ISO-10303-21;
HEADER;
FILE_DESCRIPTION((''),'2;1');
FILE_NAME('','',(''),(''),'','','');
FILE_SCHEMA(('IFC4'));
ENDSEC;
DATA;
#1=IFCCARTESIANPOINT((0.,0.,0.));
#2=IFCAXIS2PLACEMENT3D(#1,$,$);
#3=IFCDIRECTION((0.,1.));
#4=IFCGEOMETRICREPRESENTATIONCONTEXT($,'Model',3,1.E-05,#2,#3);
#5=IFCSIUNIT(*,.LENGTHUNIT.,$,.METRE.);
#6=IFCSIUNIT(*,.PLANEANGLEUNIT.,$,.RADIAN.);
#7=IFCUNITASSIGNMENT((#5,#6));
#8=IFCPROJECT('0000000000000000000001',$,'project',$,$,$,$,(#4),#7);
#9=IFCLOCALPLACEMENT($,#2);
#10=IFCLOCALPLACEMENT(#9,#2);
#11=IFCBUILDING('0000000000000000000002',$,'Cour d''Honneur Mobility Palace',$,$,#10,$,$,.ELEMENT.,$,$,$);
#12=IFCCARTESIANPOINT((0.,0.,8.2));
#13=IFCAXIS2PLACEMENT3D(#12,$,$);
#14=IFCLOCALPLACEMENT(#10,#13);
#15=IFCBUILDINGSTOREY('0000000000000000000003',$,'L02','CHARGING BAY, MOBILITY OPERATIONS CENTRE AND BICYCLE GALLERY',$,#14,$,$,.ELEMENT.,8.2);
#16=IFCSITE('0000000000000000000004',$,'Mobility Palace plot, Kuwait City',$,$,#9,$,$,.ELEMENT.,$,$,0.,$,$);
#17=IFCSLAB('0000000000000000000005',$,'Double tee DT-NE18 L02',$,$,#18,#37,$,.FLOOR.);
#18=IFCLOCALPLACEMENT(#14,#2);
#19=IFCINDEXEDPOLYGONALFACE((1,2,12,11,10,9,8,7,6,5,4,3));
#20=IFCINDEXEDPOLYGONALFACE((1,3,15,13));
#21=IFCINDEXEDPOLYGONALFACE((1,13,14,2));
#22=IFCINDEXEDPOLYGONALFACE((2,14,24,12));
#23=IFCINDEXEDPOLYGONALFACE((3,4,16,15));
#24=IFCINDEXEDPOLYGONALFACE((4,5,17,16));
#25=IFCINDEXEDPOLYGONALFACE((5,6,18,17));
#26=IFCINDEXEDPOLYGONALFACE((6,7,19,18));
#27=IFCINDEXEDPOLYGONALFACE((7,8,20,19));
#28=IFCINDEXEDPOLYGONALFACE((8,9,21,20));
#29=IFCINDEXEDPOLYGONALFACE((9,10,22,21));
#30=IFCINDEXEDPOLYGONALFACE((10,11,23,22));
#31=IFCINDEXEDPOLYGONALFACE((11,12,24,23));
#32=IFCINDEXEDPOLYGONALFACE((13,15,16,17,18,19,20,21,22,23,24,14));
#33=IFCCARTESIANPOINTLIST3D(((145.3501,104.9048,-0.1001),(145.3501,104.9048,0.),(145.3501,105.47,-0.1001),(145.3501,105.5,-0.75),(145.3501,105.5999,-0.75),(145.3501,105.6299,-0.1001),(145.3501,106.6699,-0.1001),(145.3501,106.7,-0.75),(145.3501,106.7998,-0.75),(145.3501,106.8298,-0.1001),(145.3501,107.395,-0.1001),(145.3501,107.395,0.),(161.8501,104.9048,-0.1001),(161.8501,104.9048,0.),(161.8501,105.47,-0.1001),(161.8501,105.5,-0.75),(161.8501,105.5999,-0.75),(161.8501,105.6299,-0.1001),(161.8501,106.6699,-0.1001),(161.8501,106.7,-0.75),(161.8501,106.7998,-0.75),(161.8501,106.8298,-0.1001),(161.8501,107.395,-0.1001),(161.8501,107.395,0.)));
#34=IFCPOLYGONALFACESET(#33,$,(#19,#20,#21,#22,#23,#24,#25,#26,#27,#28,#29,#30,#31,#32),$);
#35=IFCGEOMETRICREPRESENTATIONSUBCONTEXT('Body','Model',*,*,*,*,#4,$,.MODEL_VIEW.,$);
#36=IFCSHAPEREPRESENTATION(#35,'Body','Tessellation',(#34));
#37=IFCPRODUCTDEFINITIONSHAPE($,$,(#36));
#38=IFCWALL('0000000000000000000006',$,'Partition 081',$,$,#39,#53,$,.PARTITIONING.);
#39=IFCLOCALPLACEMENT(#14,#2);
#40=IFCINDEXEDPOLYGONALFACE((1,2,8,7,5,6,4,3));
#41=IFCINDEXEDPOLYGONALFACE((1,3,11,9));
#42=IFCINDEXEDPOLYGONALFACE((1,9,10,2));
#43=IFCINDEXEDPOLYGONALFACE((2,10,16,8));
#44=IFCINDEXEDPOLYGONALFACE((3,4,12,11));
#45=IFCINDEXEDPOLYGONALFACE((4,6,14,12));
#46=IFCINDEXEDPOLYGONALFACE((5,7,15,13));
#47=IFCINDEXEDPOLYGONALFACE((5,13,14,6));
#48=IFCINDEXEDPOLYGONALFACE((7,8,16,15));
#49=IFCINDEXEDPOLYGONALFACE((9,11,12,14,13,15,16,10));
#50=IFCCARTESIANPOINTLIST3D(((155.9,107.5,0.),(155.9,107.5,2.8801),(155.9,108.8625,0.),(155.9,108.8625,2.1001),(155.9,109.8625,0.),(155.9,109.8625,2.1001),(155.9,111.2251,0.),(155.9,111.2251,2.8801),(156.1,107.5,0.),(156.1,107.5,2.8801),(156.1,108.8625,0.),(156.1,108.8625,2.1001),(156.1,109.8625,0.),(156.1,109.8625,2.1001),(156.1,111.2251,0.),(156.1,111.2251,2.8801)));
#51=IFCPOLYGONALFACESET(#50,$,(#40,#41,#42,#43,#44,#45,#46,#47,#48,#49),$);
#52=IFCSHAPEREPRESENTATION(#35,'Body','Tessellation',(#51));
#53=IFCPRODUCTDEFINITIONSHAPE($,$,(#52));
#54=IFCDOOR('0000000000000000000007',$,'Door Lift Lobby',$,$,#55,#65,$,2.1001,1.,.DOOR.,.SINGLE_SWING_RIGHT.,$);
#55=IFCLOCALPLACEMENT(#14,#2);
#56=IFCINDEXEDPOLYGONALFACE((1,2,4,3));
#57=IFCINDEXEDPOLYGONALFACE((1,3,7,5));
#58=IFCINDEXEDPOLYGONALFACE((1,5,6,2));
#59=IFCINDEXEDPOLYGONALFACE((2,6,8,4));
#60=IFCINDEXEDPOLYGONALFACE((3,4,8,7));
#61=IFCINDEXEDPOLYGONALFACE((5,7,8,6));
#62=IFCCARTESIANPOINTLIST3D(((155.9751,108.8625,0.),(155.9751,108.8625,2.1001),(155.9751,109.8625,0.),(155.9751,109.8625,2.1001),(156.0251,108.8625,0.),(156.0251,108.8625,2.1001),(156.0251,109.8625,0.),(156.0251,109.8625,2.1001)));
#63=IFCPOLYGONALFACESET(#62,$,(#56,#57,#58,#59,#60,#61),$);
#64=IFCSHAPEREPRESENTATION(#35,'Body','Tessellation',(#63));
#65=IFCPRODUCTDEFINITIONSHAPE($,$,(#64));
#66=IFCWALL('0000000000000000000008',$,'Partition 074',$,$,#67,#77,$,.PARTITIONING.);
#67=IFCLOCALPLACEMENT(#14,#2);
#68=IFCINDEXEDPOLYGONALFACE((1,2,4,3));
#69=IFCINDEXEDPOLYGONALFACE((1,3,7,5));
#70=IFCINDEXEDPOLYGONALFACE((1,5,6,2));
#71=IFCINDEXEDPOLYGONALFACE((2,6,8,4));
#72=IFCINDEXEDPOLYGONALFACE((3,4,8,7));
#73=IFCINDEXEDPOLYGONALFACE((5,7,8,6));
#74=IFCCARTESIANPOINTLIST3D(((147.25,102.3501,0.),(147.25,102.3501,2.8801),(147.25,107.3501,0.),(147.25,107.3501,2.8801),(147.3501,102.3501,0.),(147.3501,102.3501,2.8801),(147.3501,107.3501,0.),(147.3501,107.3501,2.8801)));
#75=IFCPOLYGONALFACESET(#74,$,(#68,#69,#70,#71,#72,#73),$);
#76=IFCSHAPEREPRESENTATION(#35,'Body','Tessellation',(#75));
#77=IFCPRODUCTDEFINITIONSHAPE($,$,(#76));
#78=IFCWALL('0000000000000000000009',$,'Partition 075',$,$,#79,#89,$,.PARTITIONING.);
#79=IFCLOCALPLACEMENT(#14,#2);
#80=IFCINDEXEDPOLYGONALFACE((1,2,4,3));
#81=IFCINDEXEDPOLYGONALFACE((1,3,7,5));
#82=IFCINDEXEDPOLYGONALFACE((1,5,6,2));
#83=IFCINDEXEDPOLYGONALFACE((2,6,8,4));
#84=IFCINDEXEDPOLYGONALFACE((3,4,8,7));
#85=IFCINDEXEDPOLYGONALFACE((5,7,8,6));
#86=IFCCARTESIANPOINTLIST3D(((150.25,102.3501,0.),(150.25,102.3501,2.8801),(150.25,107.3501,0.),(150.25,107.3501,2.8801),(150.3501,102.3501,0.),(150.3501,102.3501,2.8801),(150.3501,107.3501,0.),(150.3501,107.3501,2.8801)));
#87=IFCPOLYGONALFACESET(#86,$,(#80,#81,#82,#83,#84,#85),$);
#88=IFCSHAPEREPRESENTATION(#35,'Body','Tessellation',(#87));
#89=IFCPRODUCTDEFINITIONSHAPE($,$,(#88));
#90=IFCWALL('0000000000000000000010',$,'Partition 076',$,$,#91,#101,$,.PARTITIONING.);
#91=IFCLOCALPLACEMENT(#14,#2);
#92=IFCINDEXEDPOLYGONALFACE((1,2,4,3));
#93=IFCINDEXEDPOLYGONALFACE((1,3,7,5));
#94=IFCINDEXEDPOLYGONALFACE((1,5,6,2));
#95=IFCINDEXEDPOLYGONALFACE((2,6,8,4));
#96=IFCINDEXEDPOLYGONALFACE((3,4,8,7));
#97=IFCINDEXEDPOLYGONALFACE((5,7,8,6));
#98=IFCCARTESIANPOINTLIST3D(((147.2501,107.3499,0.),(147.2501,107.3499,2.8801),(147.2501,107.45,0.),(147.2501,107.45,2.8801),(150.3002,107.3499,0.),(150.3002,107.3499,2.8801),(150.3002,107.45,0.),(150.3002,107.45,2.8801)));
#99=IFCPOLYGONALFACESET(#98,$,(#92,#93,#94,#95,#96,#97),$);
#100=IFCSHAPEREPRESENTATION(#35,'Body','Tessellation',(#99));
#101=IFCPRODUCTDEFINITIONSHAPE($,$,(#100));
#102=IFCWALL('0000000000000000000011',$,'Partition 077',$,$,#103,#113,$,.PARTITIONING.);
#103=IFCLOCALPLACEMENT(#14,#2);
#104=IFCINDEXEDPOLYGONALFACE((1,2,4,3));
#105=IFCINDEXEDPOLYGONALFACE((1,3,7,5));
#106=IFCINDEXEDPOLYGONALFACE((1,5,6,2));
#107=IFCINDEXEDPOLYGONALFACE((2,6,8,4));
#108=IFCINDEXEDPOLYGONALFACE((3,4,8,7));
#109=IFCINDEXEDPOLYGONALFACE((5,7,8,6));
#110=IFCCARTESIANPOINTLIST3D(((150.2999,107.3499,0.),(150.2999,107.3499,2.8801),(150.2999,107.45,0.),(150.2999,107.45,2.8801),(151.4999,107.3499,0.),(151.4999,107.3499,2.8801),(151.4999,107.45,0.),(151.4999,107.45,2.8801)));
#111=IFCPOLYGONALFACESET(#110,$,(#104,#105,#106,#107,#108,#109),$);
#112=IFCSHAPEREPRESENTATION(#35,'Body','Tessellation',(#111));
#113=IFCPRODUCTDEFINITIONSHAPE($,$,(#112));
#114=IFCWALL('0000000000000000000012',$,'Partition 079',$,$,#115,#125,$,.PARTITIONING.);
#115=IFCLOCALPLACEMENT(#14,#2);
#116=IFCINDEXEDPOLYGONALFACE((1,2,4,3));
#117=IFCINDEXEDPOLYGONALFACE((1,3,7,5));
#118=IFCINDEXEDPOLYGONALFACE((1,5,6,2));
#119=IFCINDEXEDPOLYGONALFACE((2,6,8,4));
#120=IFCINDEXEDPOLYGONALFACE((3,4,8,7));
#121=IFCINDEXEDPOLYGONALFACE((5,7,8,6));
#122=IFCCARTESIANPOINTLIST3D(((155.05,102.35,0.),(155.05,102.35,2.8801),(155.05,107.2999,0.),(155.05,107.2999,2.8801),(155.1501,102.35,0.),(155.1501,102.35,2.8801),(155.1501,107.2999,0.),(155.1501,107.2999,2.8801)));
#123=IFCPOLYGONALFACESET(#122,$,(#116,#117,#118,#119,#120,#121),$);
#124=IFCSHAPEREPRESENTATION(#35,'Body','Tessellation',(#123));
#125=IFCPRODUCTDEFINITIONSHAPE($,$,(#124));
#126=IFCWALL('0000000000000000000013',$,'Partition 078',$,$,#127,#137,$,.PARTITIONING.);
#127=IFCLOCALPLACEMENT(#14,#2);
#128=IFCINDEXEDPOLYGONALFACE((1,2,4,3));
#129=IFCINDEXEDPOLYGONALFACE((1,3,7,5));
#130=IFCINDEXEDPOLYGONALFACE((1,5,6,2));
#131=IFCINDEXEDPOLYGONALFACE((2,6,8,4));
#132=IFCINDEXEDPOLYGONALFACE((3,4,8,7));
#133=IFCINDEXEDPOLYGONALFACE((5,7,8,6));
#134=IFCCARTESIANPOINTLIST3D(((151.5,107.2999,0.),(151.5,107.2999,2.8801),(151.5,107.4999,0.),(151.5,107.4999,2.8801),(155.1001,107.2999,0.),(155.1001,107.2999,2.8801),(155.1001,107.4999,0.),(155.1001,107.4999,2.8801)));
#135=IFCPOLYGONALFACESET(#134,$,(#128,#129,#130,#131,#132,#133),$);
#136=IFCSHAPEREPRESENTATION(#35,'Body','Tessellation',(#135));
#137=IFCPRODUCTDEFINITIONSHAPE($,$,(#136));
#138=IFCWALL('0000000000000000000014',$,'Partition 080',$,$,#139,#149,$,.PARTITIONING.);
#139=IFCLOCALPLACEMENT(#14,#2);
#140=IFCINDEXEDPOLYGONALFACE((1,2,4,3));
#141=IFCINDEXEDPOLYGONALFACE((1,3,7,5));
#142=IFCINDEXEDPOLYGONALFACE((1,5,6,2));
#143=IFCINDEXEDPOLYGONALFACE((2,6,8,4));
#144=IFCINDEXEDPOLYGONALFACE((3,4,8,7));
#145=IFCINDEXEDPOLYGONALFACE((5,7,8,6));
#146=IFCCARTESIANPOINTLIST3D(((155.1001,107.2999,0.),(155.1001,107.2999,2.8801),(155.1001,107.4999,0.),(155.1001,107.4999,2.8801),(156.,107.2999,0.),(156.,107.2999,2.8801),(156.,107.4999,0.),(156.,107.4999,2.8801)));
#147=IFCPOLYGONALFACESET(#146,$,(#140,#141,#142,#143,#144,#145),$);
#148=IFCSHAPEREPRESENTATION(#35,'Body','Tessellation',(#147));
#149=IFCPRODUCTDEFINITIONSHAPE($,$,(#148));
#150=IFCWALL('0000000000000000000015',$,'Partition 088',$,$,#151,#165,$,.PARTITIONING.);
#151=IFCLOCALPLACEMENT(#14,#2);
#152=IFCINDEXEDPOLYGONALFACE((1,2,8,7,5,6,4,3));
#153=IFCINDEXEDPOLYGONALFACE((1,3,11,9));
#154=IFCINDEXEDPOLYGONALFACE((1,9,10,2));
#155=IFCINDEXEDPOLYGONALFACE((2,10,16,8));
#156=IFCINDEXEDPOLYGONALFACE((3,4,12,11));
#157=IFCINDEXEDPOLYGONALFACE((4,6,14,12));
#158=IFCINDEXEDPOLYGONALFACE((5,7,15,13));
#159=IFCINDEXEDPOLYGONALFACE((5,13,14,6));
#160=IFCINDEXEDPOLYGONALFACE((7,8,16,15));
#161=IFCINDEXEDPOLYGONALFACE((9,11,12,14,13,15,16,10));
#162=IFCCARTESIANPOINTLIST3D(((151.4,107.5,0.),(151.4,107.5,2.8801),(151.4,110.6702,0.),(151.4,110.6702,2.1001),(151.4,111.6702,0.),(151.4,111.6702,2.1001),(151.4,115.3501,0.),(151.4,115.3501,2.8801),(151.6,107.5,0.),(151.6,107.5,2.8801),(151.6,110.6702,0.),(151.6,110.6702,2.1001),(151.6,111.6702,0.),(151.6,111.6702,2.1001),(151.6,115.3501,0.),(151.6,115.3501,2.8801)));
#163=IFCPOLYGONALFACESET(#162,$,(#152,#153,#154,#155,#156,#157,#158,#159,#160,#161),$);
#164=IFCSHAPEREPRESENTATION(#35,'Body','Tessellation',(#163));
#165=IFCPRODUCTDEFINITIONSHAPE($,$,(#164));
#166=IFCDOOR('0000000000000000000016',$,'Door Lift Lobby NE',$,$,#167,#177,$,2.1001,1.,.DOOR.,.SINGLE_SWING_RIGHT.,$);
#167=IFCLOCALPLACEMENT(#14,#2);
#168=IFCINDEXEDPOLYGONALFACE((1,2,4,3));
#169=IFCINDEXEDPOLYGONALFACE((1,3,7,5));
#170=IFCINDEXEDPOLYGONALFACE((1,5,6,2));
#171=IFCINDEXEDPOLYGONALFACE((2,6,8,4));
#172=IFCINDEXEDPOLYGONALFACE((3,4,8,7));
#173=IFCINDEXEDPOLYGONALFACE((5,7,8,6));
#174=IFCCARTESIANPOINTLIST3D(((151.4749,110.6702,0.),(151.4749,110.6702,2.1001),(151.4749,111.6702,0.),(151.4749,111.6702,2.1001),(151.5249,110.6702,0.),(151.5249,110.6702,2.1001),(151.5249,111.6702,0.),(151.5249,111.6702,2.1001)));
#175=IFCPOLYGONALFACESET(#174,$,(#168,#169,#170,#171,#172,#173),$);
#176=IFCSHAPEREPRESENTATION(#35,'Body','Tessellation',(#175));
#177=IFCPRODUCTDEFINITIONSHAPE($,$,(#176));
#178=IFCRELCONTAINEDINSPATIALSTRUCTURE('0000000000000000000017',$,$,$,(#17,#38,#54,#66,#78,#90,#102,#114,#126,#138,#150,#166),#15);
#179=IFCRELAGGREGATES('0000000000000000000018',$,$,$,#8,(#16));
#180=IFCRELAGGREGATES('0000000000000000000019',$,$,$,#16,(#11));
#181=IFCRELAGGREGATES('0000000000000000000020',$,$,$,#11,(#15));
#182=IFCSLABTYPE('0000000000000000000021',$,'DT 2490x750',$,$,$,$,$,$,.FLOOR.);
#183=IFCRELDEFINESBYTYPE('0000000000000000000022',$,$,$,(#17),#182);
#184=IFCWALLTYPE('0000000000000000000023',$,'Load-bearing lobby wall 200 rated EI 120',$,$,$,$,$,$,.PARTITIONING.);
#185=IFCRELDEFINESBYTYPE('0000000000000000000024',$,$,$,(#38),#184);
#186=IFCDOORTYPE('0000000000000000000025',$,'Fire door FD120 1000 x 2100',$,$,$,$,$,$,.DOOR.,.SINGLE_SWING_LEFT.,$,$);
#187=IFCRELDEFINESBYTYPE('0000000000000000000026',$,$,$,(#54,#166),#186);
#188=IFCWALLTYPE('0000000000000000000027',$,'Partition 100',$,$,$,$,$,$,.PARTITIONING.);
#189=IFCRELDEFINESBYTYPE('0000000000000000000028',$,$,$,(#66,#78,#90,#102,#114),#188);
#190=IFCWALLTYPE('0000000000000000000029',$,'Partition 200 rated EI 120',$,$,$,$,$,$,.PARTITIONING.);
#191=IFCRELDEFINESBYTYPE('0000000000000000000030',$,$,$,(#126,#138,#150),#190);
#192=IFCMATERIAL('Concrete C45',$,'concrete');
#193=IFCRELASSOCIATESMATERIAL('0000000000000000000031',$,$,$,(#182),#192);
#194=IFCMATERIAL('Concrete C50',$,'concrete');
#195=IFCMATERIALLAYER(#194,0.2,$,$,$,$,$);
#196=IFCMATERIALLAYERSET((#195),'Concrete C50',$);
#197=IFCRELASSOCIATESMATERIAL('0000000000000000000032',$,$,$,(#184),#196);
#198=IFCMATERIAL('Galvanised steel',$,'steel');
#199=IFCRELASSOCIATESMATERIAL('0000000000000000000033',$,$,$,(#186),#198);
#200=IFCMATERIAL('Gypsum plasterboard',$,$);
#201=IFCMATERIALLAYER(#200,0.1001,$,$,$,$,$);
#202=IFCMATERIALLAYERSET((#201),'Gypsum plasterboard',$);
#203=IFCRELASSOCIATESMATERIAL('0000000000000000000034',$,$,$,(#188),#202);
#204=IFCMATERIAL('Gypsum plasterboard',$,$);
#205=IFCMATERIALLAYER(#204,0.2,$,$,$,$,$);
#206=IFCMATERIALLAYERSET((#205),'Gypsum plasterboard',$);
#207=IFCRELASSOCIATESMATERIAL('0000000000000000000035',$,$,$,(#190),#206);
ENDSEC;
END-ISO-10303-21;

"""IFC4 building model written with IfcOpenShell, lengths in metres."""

from ifc_helpers import new_model, si_unit, direction, frame, frame_2d, origin, place, context, subcontext, project, spatial, polyline, rectangle, outline, extrude, material, layer, layer_set, material_profile, profile_set, type_object, element, fill, save


model = new_model("IFC4")

# Units and contexts
model_context = context("Model", 3, precision=1e-05, world=origin(), true_north=direction((0.0, 1.0)))
body_context = subcontext(model_context, "Body", "Model", "MODEL_VIEW")
ifc_project = project(units=[si_unit("LENGTHUNIT", "METRE"), si_unit("PLANEANGLEUNIT", "RADIAN")], contexts=[model_context])

# Site, building, storey
site_placement = place(None, origin())
site = spatial("IfcSite", under=ifc_project, at=site_placement, Name="Mobility Palace plot, Kuwait City", CompositionType="ELEMENT", RefElevation=0.0)
building_placement = place(site_placement, origin())
building = spatial("IfcBuilding", under=site, at=building_placement, Name="Cour d'Honneur Mobility Palace", CompositionType="ELEMENT")
storey_placement = place(building_placement, frame((0.0, 0.0, 8.2)))
storey = spatial("IfcBuildingStorey", under=building, at=storey_placement, Name="L02", Description="CHARGING BAY, MOBILITY OPERATIONS CENTRE AND BICYCLE GALLERY", CompositionType="ELEMENT", Elevation=8.2)

# Slab
ifc_material_1 = material(Name="Concrete C45", Category="concrete")
ifc_material_profile_1 = material_profile(ifc_material_1, outline(polyline([(-1.2451, 0.0), (1.2451, 0.0), (1.2451, -0.1001), (0.6799, -0.1001), (0.6499, -0.75), (0.55, -0.75), (0.52, -0.1001), (-0.52, -0.1001), (-0.55, -0.75), (-0.6499, -0.75), (-0.6799, -0.1001), (-1.2451, -0.1001), (-1.2451, 0.0)])), Name="DT 2490x750")
ifc_profile_set_1 = profile_set([ifc_material_profile_1], Name="Concrete C45")
slab_type_1 = type_object("IfcSlabType", Name="DT 2490x750", PredefinedType="FLOOR", material=ifc_profile_set_1)
slab_1_placement = place(storey_placement, frame((145.3501, 106.1499, 0.0), z_axis=(1.0, 0.0, 0.0), x_axis=(0.0, 1.0, 0.0)))
element("IfcSlab", 1, at=slab_1_placement, inside=storey, type_object=slab_type_1, Name="Double tee DT-NE18 L02", PredefinedType="FLOOR", context=body_context, shape_type="SweptSolid", body=[
    extrude(outline(polyline([(-1.2451, 0.0), (1.2451, 0.0), (1.2451, -0.1001), (0.6799, -0.1001), (0.6499, -0.75), (0.55, -0.75), (0.52, -0.1001), (-0.52, -0.1001), (-0.55, -0.75), (-0.6499, -0.75), (-0.6799, -0.1001), (-1.2451, -0.1001), (-1.2451, 0.0)])), origin(), (0.0, 0.0, 1.0), 16.5),
])

# Wall, opening, door
ifc_material_2 = material(Name="Concrete C50", Category="concrete")
ifc_layer_1 = layer(ifc_material_2, 0.2)
ifc_layer_set_1 = layer_set([ifc_layer_1], Name="Concrete C50")
wall_type_1 = type_object("IfcWallType", Name="Load-bearing lobby wall 200 rated EI 120", PredefinedType="PARTITIONING", material=ifc_layer_set_1)
wall_1_placement = place(storey_placement, frame((156.0, 107.5, 0.0), z_axis=(0.0, 0.0, 1.0), x_axis=(0.0, 1.0, 0.0)))
wall_1 = element("IfcWall", 2, at=wall_1_placement, inside=storey, type_object=wall_type_1, Name="Partition 081", PredefinedType="PARTITIONING", context=body_context, shape_type="SweptSolid", body=[
    extrude(rectangle(XDim=3.7251, YDim=0.2, at=frame_2d((1.8625, 0.0))), origin(), (0.0, 0.0, 1.0), 2.8801),
])
opening_1_placement = place(wall_1_placement, frame((1.3625, 0.0, 0.0)))
opening_1 = element("IfcOpeningElement", 3, at=opening_1_placement, cuts=wall_1, PredefinedType="OPENING", context=body_context, shape_type="SweptSolid", body=[
    extrude(rectangle(XDim=1.0, YDim=2.1001, at=frame_2d((0.5, 1.05))), frame((0.0, 0.1099, 0.0), z_axis=(0.0, -1.0, 0.0), x_axis=(1.0, 0.0, 0.0)), (0.0, 0.0, 1.0), 0.22),
])
ifc_material_3 = material(Name="Galvanised steel", Category="steel")
door_type_1 = type_object("IfcDoorType", Name="Fire door FD120 1000 x 2100", OperationType="SINGLE_SWING_LEFT", PredefinedType="DOOR", material=ifc_material_3)
door_1_placement = place(opening_1_placement, origin())
door_1 = element("IfcDoor", 4, at=door_1_placement, inside=storey, type_object=door_type_1, Name="Door Lift Lobby", OperationType="SINGLE_SWING_RIGHT", OverallHeight=2.1001, OverallWidth=1.0, PredefinedType="DOOR", context=body_context, shape_type="SweptSolid", body=[
    extrude(rectangle(XDim=1.0, YDim=2.1001, at=frame_2d((0.5, 1.05))), frame((0.0, 0.0249, 0.0), z_axis=(0.0, -1.0, 0.0), x_axis=(1.0, 0.0, 0.0)), (0.0, 0.0, 1.0), 0.05),
])
fill(opening_1, door_1)

# Walls
ifc_material_4 = material(Name="Gypsum plasterboard")
ifc_layer_2 = layer(ifc_material_4, 0.1001)
ifc_layer_set_2 = layer_set([ifc_layer_2], Name="Gypsum plasterboard")
wall_type_2 = type_object("IfcWallType", Name="Partition 100", PredefinedType="PARTITIONING", material=ifc_layer_set_2)
for number, where, z_axis, x_axis, name in (
    (5, (147.3, 107.3501, 0.0), (0.0, 0.0, 1.0), (0.0, -1.0, 0.0), "Partition 074"),
    (6, (150.3, 107.3501, 0.0), (0.0, 0.0, 1.0), (0.0, -1.0, 0.0), "Partition 075"),
):
    element("IfcWall", number, at=place(storey_placement, frame(where, z_axis=z_axis, x_axis=x_axis)), inside=storey, type_object=wall_type_2, Name=name, PredefinedType="PARTITIONING", context=body_context, shape_type="SweptSolid", body=[
        extrude(rectangle(XDim=5.0, YDim=0.1001, at=frame_2d((2.5, 0.0))), origin(), (0.0, 0.0, 1.0), 2.8801),
    ])
wall_2_placement = place(storey_placement, frame((150.3, 107.3999, 0.0), z_axis=(0.0, 0.0, 1.0), x_axis=(-1.0, 0.0, 0.0)))
element("IfcWall", 7, at=wall_2_placement, inside=storey, type_object=wall_type_2, Name="Partition 076", PredefinedType="PARTITIONING", context=body_context, shape_type="SweptSolid", body=[
    extrude(rectangle(XDim=3.05, YDim=0.1001, at=frame_2d((1.5249, 0.0))), origin(), (0.0, 0.0, 1.0), 2.8801),
])
wall_3_placement = place(storey_placement, frame((151.5, 107.3999, 0.0), z_axis=(0.0, 0.0, 1.0), x_axis=(-1.0, 0.0, 0.0)))
element("IfcWall", 8, at=wall_3_placement, inside=storey, type_object=wall_type_2, Name="Partition 077", PredefinedType="PARTITIONING", context=body_context, shape_type="SweptSolid", body=[
    extrude(rectangle(XDim=1.2, YDim=0.1001, at=frame_2d((0.6001, 0.0))), origin(), (0.0, 0.0, 1.0), 2.8801),
])
wall_4_placement = place(storey_placement, frame((155.1001, 107.3, 0.0), z_axis=(0.0, 0.0, 1.0), x_axis=(0.0, -1.0, 0.0)))
element("IfcWall", 9, at=wall_4_placement, inside=storey, type_object=wall_type_2, Name="Partition 079", PredefinedType="PARTITIONING", context=body_context, shape_type="SweptSolid", body=[
    extrude(rectangle(XDim=4.95, YDim=0.1001, at=frame_2d((2.4751, 0.0))), origin(), (0.0, 0.0, 1.0), 2.8801),
])
ifc_material_5 = material(Name="Gypsum plasterboard")
ifc_layer_3 = layer(ifc_material_5, 0.2)
ifc_layer_set_3 = layer_set([ifc_layer_3], Name="Gypsum plasterboard")
wall_type_3 = type_object("IfcWallType", Name="Partition 200 rated EI 120", PredefinedType="PARTITIONING", material=ifc_layer_set_3)
wall_5_placement = place(storey_placement, frame((151.5, 107.3999, 0.0), z_axis=(0.0, 0.0, 1.0), x_axis=(1.0, 0.0, 0.0)))
element("IfcWall", 10, at=wall_5_placement, inside=storey, type_object=wall_type_3, Name="Partition 078", PredefinedType="PARTITIONING", context=body_context, shape_type="SweptSolid", body=[
    extrude(rectangle(XDim=3.6001, YDim=0.2, at=frame_2d((1.8, 0.0))), origin(), (0.0, 0.0, 1.0), 2.8801),
])
wall_6_placement = place(storey_placement, frame((155.1001, 107.3999, 0.0), z_axis=(0.0, 0.0, 1.0), x_axis=(1.0, 0.0, 0.0)))
element("IfcWall", 11, at=wall_6_placement, inside=storey, type_object=wall_type_3, Name="Partition 080", PredefinedType="PARTITIONING", context=body_context, shape_type="SweptSolid", body=[
    extrude(rectangle(XDim=0.8999, YDim=0.2, at=frame_2d((0.45, 0.0))), origin(), (0.0, 0.0, 1.0), 2.8801),
])

# Wall, opening, door
wall_7_placement = place(storey_placement, frame((151.5, 115.3501, 0.0), z_axis=(0.0, 0.0, 1.0), x_axis=(0.0, -1.0, 0.0)))
wall_7 = element("IfcWall", 12, at=wall_7_placement, inside=storey, type_object=wall_type_3, Name="Partition 088", PredefinedType="PARTITIONING", context=body_context, shape_type="SweptSolid", body=[
    extrude(rectangle(XDim=7.8501, YDim=0.2, at=frame_2d((3.925, 0.0))), origin(), (0.0, 0.0, 1.0), 2.8801),
])
opening_2_placement = place(wall_7_placement, frame((3.6799, 0.0, 0.0)))
opening_2 = element("IfcOpeningElement", 13, at=opening_2_placement, cuts=wall_7, PredefinedType="OPENING", context=body_context, shape_type="SweptSolid", body=[
    extrude(rectangle(XDim=1.0, YDim=2.1001, at=frame_2d((0.5, 1.05))), frame((0.0, 0.1099, 0.0), z_axis=(0.0, -1.0, 0.0), x_axis=(1.0, 0.0, 0.0)), (0.0, 0.0, 1.0), 0.22),
])
door_2_placement = place(opening_2_placement, origin())
door_2 = element("IfcDoor", 14, at=door_2_placement, inside=storey, type_object=door_type_1, Name="Door Lift Lobby NE", OperationType="SINGLE_SWING_RIGHT", OverallHeight=2.1001, OverallWidth=1.0, PredefinedType="DOOR", context=body_context, shape_type="SweptSolid", body=[
    extrude(rectangle(XDim=1.0, YDim=2.1001, at=frame_2d((0.5, 1.05))), frame((0.0, 0.0249, 0.0), z_axis=(0.0, -1.0, 0.0), x_axis=(1.0, 0.0, 0.0)), (0.0, 0.0, 1.0), 0.05),
])
fill(opening_2, door_2)

save(model, "model.ifc")
